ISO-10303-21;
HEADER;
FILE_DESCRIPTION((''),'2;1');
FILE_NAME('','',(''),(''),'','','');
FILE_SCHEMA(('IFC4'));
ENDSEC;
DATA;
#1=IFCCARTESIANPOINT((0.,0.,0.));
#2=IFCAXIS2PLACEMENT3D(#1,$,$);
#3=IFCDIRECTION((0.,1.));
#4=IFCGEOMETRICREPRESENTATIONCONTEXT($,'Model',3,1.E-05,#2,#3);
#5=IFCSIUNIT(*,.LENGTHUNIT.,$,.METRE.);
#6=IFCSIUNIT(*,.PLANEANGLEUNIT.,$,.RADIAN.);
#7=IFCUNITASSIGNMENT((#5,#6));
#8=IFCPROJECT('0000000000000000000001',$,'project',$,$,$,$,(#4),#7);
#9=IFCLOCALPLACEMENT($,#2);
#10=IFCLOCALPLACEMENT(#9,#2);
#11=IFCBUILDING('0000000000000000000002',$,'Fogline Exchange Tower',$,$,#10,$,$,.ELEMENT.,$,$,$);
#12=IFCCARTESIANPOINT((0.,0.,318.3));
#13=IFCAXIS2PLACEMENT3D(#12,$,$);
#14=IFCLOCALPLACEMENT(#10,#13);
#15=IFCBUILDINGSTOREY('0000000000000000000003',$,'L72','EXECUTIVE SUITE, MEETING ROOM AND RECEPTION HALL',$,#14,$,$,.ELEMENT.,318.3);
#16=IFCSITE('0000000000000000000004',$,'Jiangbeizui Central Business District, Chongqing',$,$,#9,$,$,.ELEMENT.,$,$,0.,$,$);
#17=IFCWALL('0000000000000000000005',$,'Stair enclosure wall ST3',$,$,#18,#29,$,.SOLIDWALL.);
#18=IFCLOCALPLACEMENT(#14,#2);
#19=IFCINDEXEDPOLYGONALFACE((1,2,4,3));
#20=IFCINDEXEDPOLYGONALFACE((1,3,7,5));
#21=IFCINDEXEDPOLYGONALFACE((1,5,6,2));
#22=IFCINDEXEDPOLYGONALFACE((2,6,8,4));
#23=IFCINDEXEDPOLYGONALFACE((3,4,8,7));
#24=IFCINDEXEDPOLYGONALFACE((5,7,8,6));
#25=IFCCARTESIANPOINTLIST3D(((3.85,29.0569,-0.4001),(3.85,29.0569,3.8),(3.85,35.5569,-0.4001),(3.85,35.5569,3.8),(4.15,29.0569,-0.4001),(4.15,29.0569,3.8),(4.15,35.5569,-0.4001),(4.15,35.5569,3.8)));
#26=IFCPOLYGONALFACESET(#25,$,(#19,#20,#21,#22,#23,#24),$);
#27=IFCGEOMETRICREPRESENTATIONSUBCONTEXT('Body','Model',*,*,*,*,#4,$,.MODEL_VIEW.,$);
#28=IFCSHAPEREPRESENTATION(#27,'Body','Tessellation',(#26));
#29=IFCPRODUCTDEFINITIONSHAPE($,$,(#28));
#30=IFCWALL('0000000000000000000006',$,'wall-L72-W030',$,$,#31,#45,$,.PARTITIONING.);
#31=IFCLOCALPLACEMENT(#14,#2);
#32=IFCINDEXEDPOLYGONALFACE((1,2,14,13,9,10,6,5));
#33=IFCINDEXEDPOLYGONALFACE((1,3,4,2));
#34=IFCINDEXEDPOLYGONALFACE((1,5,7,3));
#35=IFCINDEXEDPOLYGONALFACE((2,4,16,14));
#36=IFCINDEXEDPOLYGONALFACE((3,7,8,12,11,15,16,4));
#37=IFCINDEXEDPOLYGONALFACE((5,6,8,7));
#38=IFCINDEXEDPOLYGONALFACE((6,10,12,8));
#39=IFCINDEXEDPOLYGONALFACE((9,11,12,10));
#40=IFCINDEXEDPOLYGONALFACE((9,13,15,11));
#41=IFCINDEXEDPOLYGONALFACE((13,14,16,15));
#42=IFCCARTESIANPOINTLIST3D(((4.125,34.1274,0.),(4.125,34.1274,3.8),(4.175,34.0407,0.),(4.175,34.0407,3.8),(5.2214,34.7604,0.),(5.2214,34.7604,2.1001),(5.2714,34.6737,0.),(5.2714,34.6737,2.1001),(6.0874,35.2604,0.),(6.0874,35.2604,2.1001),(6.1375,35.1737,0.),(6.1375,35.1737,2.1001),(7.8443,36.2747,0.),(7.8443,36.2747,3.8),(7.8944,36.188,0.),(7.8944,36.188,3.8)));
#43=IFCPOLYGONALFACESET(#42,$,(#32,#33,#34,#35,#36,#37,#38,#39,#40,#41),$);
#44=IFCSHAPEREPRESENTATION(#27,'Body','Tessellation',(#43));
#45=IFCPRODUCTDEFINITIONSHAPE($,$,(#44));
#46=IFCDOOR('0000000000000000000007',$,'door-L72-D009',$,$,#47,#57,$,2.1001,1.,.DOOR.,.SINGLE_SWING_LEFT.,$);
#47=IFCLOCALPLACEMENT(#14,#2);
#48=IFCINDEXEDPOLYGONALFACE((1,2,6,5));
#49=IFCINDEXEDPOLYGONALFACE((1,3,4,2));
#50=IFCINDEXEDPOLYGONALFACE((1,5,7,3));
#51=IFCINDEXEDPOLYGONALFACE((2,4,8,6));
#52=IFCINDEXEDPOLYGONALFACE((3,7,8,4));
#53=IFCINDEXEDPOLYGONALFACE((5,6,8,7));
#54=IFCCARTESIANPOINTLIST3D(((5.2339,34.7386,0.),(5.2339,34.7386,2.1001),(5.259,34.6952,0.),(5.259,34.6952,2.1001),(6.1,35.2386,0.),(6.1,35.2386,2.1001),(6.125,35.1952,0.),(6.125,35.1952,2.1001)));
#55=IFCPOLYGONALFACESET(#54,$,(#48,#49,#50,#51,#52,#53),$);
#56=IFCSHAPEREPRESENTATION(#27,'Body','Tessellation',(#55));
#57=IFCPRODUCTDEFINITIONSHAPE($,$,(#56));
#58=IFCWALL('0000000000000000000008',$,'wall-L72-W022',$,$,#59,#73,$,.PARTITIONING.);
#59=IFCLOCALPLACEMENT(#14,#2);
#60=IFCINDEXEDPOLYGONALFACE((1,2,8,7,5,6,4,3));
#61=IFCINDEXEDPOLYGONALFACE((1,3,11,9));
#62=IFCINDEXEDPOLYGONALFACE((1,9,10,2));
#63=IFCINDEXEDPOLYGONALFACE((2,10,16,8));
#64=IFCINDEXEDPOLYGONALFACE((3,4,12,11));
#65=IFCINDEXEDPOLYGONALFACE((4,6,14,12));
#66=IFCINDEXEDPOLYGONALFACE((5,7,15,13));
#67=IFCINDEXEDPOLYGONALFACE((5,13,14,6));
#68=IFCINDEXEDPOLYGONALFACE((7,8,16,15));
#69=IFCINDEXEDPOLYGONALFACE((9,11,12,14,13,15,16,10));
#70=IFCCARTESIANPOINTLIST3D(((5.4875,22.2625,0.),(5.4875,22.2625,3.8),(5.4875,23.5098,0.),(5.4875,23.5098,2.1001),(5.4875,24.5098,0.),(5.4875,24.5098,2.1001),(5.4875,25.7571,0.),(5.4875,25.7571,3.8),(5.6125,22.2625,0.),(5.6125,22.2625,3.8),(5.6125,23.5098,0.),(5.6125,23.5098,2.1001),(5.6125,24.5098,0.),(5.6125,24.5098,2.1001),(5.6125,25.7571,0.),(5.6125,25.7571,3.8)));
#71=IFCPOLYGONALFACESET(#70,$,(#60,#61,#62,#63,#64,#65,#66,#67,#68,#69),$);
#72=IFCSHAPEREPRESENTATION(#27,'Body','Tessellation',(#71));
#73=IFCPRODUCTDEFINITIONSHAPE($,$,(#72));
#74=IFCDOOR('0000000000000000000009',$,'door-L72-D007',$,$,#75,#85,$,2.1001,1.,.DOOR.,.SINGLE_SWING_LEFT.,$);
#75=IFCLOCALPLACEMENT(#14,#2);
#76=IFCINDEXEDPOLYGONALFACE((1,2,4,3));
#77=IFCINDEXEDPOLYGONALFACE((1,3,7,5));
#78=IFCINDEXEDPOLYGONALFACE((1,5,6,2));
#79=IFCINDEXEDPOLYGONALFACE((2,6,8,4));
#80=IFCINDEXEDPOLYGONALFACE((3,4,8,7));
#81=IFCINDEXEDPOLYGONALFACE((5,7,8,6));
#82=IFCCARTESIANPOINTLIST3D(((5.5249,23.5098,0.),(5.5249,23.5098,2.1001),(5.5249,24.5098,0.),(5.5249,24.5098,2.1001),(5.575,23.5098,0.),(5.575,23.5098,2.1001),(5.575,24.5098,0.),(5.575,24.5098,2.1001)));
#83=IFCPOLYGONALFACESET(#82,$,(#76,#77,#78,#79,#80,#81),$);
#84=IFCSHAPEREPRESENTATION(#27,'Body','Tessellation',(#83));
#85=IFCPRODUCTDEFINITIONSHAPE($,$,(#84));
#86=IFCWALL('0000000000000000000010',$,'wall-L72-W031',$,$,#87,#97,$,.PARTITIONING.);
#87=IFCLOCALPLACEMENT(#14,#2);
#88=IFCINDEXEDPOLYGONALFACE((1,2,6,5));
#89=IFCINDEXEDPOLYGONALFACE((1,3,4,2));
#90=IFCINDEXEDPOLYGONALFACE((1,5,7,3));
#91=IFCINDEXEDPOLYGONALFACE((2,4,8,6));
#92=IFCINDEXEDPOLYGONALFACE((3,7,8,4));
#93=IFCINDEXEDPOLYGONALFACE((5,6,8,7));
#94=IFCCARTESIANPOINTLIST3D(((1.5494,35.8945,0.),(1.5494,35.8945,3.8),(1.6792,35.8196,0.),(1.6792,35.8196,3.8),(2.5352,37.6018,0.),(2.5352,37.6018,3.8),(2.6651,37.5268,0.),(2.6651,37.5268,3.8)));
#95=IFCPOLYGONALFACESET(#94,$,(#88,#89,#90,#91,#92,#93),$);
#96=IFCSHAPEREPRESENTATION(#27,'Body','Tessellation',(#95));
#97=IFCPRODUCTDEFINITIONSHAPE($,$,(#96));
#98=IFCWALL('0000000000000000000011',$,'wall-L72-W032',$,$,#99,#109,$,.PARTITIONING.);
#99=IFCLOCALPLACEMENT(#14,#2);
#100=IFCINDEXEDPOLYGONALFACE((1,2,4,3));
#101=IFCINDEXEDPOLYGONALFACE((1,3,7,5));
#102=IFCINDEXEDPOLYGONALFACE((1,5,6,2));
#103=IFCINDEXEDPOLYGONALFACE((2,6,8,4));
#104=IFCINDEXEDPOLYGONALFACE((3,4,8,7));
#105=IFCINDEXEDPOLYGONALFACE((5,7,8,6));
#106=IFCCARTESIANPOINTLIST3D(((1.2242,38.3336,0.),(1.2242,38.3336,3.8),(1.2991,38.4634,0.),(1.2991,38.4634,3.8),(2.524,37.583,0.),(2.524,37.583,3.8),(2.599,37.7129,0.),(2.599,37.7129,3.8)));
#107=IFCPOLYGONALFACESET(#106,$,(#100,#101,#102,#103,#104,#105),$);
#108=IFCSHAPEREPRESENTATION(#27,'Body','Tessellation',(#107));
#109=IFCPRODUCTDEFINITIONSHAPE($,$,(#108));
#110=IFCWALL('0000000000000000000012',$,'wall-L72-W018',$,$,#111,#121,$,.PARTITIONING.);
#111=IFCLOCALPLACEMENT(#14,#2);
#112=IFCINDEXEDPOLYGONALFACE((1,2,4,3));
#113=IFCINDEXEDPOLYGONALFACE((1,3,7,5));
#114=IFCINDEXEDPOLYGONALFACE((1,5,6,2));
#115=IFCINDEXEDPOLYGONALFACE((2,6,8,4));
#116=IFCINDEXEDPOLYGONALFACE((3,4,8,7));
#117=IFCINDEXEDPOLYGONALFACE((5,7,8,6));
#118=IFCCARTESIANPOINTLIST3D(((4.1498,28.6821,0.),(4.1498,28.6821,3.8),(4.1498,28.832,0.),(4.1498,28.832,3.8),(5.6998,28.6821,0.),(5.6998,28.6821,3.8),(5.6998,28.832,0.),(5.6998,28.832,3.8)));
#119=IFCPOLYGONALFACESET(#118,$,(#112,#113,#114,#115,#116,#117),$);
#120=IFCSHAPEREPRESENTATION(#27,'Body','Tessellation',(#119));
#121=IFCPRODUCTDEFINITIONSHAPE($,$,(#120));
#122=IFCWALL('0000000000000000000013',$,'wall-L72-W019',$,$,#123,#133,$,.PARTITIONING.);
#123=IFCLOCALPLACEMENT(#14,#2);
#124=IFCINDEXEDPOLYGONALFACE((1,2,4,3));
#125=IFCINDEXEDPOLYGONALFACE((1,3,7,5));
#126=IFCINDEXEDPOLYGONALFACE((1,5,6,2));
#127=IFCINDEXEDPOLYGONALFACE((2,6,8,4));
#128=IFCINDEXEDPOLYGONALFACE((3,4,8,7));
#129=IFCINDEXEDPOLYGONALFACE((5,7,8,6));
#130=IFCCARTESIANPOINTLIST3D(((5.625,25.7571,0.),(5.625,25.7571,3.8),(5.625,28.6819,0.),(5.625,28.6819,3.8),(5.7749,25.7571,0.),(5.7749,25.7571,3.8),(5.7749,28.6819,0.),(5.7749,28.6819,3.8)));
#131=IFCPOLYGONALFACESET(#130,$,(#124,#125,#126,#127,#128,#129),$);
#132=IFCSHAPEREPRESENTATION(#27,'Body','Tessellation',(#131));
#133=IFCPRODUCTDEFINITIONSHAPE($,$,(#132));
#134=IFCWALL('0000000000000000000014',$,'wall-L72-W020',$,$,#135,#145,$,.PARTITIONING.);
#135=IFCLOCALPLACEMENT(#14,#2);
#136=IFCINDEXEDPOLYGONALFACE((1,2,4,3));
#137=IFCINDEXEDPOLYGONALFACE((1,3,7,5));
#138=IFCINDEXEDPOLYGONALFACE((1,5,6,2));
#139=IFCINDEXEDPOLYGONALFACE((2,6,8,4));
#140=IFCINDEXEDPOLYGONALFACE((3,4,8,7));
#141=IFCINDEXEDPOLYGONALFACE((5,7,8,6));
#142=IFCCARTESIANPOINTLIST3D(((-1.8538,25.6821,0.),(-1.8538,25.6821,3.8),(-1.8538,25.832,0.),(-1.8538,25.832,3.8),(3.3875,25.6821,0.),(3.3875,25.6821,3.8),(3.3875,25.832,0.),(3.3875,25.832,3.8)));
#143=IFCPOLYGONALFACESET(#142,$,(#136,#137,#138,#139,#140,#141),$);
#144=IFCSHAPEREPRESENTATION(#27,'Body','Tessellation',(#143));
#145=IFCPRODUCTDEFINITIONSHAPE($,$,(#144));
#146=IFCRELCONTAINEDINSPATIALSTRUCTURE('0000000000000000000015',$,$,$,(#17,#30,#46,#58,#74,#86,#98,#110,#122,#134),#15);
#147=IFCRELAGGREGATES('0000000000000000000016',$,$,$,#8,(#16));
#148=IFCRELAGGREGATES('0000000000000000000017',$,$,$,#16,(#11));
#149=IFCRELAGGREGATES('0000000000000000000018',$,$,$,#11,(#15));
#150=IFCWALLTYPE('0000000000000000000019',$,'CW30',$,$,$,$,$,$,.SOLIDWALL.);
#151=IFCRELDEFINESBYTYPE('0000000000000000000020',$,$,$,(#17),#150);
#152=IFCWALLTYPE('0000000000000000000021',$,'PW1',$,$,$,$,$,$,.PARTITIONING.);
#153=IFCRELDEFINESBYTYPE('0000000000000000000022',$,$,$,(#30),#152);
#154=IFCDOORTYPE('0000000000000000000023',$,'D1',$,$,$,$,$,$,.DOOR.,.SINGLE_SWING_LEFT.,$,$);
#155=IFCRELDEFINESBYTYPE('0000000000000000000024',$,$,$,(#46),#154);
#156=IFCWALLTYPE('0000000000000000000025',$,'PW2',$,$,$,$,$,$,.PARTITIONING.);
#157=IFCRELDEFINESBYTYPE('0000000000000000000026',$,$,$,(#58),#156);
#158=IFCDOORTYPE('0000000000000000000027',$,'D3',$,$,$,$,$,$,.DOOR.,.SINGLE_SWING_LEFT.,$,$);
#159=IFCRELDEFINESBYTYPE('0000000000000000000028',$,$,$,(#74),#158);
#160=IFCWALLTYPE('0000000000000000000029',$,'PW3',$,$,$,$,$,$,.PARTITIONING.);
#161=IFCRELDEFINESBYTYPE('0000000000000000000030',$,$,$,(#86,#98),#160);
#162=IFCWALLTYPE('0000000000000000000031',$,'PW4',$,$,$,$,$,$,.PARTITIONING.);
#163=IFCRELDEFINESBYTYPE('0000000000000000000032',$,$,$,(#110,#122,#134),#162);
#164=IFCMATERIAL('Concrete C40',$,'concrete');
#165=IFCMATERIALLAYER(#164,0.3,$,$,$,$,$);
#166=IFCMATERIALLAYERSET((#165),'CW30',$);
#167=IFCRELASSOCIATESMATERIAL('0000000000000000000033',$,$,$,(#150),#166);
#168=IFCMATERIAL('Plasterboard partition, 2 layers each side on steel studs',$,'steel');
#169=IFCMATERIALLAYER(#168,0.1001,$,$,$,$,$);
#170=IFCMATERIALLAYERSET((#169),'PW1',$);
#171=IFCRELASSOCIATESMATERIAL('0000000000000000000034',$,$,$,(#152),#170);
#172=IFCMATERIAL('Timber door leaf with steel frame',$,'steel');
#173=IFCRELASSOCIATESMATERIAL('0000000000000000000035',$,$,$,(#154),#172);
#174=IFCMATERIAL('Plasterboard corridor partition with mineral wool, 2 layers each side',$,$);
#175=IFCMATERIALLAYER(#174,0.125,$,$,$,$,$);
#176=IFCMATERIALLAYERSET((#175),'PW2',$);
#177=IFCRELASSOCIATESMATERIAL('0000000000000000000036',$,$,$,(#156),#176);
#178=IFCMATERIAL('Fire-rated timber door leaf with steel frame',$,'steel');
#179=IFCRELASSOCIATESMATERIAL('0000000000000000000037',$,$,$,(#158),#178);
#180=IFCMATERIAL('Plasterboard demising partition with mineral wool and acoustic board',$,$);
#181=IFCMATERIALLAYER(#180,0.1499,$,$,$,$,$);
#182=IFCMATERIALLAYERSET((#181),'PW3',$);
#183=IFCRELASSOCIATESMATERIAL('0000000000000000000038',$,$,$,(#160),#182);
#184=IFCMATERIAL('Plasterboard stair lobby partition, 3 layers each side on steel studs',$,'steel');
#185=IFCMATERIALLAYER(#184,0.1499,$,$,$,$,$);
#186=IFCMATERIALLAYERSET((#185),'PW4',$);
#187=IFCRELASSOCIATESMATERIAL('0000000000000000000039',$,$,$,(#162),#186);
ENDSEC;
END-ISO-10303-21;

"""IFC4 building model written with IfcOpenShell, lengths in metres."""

from ifc_helpers import new_model, si_unit, direction, frame, frame_2d, origin, place, context, subcontext, project, spatial, rectangle, extrude, material, layer, layer_set, type_object, element, fill, save


model = new_model("IFC4")

# Units and contexts
model_context = context("Model", 3, precision=1e-05, world=origin(), true_north=direction((0.0, 1.0)))
body_context = subcontext(model_context, "Body", "Model", "MODEL_VIEW")
ifc_project = project(units=[si_unit("LENGTHUNIT", "METRE"), si_unit("PLANEANGLEUNIT", "RADIAN")], contexts=[model_context])

# Site, building, storey
site_placement = place(None, origin())
site = spatial("IfcSite", under=ifc_project, at=site_placement, Name="Jiangbeizui Central Business District, Chongqing", CompositionType="ELEMENT", RefElevation=0.0)
building_placement = place(site_placement, origin())
building = spatial("IfcBuilding", under=site, at=building_placement, Name="Fogline Exchange Tower", CompositionType="ELEMENT")
storey_placement = place(building_placement, frame((0.0, 0.0, 318.3)))
storey = spatial("IfcBuildingStorey", under=building, at=storey_placement, Name="L72", Description="EXECUTIVE SUITE, MEETING ROOM AND RECEPTION HALL", CompositionType="ELEMENT", Elevation=318.3)

# Shared definitions
ifc_material_1 = material(Name="Concrete C40", Category="concrete")

# Wall
ifc_layer_1 = layer(ifc_material_1, 0.3)
ifc_layer_set_1 = layer_set([ifc_layer_1], Name="CW30")
wall_type_1 = type_object("IfcWallType", Name="CW30", PredefinedType="SOLIDWALL", material=ifc_layer_set_1)
wall_1_placement = place(storey_placement, frame((4.0, 29.0569, -0.4001), z_axis=(0.0, 0.0, 1.0), x_axis=(0.0, 1.0, 0.0)))
element("IfcWall", 1, at=wall_1_placement, inside=storey, type_object=wall_type_1, Name="Stair enclosure wall ST3", PredefinedType="SOLIDWALL", context=body_context, shape_type="SweptSolid", body=[
    extrude(rectangle(XDim=6.5, YDim=0.3, at=frame_2d((3.25, 0.0))), origin(), (0.0, 0.0, 1.0), 4.2002),
])

# Walls, openings, doors
ifc_material_2 = material(Name="Plasterboard partition, 2 layers each side on steel studs", Category="steel")
ifc_layer_2 = layer(ifc_material_2, 0.1001)
ifc_layer_set_2 = layer_set([ifc_layer_2], Name="PW1")
wall_type_2 = type_object("IfcWallType", Name="PW1", PredefinedType="PARTITIONING", material=ifc_layer_set_2)
wall_2_placement = place(storey_placement, frame((4.1499, 34.084, 0.0), z_axis=(0.0, 0.0, 1.0), x_axis=(0.866034, 0.499985, 0.0)))
wall_2 = element("IfcWall", 2, at=wall_2_placement, inside=storey, type_object=wall_type_2, Name="wall-L72-W030", PredefinedType="PARTITIONING", context=body_context, shape_type="SweptSolid", body=[
    extrude(rectangle(XDim=4.2947, YDim=0.1001, at=frame_2d((2.1475, 0.0))), origin(), (0.0, 0.0, 1.0), 3.8),
])
opening_1_placement = place(wall_2_placement, frame((1.2661, 0.0, 0.0)))
opening_1 = element("IfcOpeningElement", 3, at=opening_1_placement, cuts=wall_2, PredefinedType="OPENING", context=body_context, shape_type="SweptSolid", body=[
    extrude(rectangle(XDim=1.0, YDim=2.1001, at=frame_2d((0.5, 1.05))), frame((0.0, 0.0601, 0.0), z_axis=(0.0, -1.0, 0.0), x_axis=(1.0, 0.0, 0.0)), (0.0, 0.0, 1.0), 0.1201),
])
ifc_material_3 = material(Name="Timber door leaf with steel frame", Category="steel")
door_type_1 = type_object("IfcDoorType", Name="D1", OperationType="SINGLE_SWING_LEFT", PredefinedType="DOOR", material=ifc_material_3)
door_1_placement = place(opening_1_placement, origin())
door_1 = element("IfcDoor", 4, at=door_1_placement, inside=storey, type_object=door_type_1, Name="door-L72-D009", OperationType="SINGLE_SWING_LEFT", OverallHeight=2.1001, OverallWidth=1.0, PredefinedType="DOOR", context=body_context, shape_type="SweptSolid", body=[
    extrude(rectangle(XDim=1.0, YDim=2.1001, at=frame_2d((0.5, 1.05))), frame((0.0, 0.0249, 0.0), z_axis=(0.0, -1.0, 0.0), x_axis=(1.0, 0.0, 0.0)), (0.0, 0.0, 1.0), 0.05),
])
fill(opening_1, door_1)
ifc_material_4 = material(Name="Plasterboard corridor partition with mineral wool, 2 layers each side")
ifc_layer_3 = layer(ifc_material_4, 0.125)
ifc_layer_set_3 = layer_set([ifc_layer_3], Name="PW2")
wall_type_3 = type_object("IfcWallType", Name="PW2", PredefinedType="PARTITIONING", material=ifc_layer_set_3)
wall_3_placement = place(storey_placement, frame((5.55, 25.7571, 0.0), z_axis=(0.0, 0.0, 1.0), x_axis=(0.0, -1.0, 0.0)))
wall_3 = element("IfcWall", 5, at=wall_3_placement, inside=storey, type_object=wall_type_3, Name="wall-L72-W022", PredefinedType="PARTITIONING", context=body_context, shape_type="SweptSolid", body=[
    extrude(rectangle(XDim=3.4946, YDim=0.125, at=frame_2d((1.7473, 0.0))), origin(), (0.0, 0.0, 1.0), 3.8),
])
opening_2_placement = place(wall_3_placement, frame((1.2473, 0.0, 0.0)))
opening_2 = element("IfcOpeningElement", 6, at=opening_2_placement, cuts=wall_3, PredefinedType="OPENING", context=body_context, shape_type="SweptSolid", body=[
    extrude(rectangle(XDim=1.0, YDim=2.1001, at=frame_2d((0.5, 1.05))), frame((0.0, 0.0725, 0.0), z_axis=(0.0, -1.0, 0.0), x_axis=(1.0, 0.0, 0.0)), (0.0, 0.0, 1.0), 0.145),
])
ifc_material_5 = material(Name="Fire-rated timber door leaf with steel frame", Category="steel")
door_type_2 = type_object("IfcDoorType", Name="D3", OperationType="SINGLE_SWING_LEFT", PredefinedType="DOOR", material=ifc_material_5)
door_2_placement = place(opening_2_placement, origin())
door_2 = element("IfcDoor", 7, at=door_2_placement, inside=storey, type_object=door_type_2, Name="door-L72-D007", OperationType="SINGLE_SWING_LEFT", OverallHeight=2.1001, OverallWidth=1.0, PredefinedType="DOOR", context=body_context, shape_type="SweptSolid", body=[
    extrude(rectangle(XDim=1.0, YDim=2.1001, at=frame_2d((0.5, 1.05))), frame((0.0, 0.0249, 0.0), z_axis=(0.0, -1.0, 0.0), x_axis=(1.0, 0.0, 0.0)), (0.0, 0.0, 1.0), 0.05),
])
fill(opening_2, door_2)

# Walls
ifc_material_6 = material(Name="Plasterboard demising partition with mineral wool and acoustic board")
ifc_layer_4 = layer(ifc_material_6, 0.1499)
ifc_layer_set_4 = layer_set([ifc_layer_4], Name="PW3")
wall_type_4 = type_object("IfcWallType", Name="PW3", PredefinedType="PARTITIONING", material=ifc_layer_set_4)
wall_4_placement = place(storey_placement, frame((1.6143, 35.8569, 0.0), z_axis=(0.0, 0.0, 1.0), x_axis=(0.500055, 0.865994, 0.0)))
element("IfcWall", 8, at=wall_4_placement, inside=storey, type_object=wall_type_4, Name="wall-L72-W031", PredefinedType="PARTITIONING", context=body_context, shape_type="SweptSolid", body=[
    extrude(rectangle(XDim=1.9714, YDim=0.1499, at=frame_2d((0.9858, 0.0))), origin(), (0.0, 0.0, 1.0), 3.8),
])
wall_5_placement = place(storey_placement, frame((2.5615, 37.6479, 0.0), z_axis=(0.0, 0.0, 1.0), x_axis=(-0.866012, 0.500023, 0.0)))
element("IfcWall", 9, at=wall_5_placement, inside=storey, type_object=wall_type_4, Name="wall-L72-W032", PredefinedType="PARTITIONING", context=body_context, shape_type="SweptSolid", body=[
    extrude(rectangle(XDim=1.501, YDim=0.1499, at=frame_2d((0.7505, 0.0))), origin(), (0.0, 0.0, 1.0), 3.8),
])
ifc_material_7 = material(Name="Plasterboard stair lobby partition, 3 layers each side on steel studs", Category="steel")
ifc_layer_5 = layer(ifc_material_7, 0.1499)
ifc_layer_set_5 = layer_set([ifc_layer_5], Name="PW4")
wall_type_5 = type_object("IfcWallType", Name="PW4", PredefinedType="PARTITIONING", material=ifc_layer_set_5)
wall_6_placement = place(storey_placement, frame((4.1499, 28.7571, 0.0), z_axis=(0.0, 0.0, 1.0), x_axis=(1.0, 0.0, 0.0)))
element("IfcWall", 10, at=wall_6_placement, inside=storey, type_object=wall_type_5, Name="wall-L72-W018", PredefinedType="PARTITIONING", context=body_context, shape_type="SweptSolid", body=[
    extrude(rectangle(XDim=1.55, YDim=0.1499, at=frame_2d((0.7749, 0.0))), origin(), (0.0, 0.0, 1.0), 3.8),
])
wall_7_placement = place(storey_placement, frame((5.7, 28.6819, 0.0), z_axis=(0.0, 0.0, 1.0), x_axis=(0.0, -1.0, 0.0)))
element("IfcWall", 11, at=wall_7_placement, inside=storey, type_object=wall_type_5, Name="wall-L72-W019", PredefinedType="PARTITIONING", context=body_context, shape_type="SweptSolid", body=[
    extrude(rectangle(XDim=2.9248, YDim=0.1499, at=frame_2d((1.4624, 0.0))), origin(), (0.0, 0.0, 1.0), 3.8),
])
wall_8_placement = place(storey_placement, frame((3.3875, 25.7571, 0.0), z_axis=(0.0, 0.0, 1.0), x_axis=(-1.0, 0.0, 0.0)))
element("IfcWall", 12, at=wall_8_placement, inside=storey, type_object=wall_type_5, Name="wall-L72-W020", PredefinedType="PARTITIONING", context=body_context, shape_type="SweptSolid", body=[
    extrude(rectangle(XDim=5.2412, YDim=0.1499, at=frame_2d((2.6206, 0.0))), origin(), (0.0, 0.0, 1.0), 3.8),
])

save(model, "model.ifc")
